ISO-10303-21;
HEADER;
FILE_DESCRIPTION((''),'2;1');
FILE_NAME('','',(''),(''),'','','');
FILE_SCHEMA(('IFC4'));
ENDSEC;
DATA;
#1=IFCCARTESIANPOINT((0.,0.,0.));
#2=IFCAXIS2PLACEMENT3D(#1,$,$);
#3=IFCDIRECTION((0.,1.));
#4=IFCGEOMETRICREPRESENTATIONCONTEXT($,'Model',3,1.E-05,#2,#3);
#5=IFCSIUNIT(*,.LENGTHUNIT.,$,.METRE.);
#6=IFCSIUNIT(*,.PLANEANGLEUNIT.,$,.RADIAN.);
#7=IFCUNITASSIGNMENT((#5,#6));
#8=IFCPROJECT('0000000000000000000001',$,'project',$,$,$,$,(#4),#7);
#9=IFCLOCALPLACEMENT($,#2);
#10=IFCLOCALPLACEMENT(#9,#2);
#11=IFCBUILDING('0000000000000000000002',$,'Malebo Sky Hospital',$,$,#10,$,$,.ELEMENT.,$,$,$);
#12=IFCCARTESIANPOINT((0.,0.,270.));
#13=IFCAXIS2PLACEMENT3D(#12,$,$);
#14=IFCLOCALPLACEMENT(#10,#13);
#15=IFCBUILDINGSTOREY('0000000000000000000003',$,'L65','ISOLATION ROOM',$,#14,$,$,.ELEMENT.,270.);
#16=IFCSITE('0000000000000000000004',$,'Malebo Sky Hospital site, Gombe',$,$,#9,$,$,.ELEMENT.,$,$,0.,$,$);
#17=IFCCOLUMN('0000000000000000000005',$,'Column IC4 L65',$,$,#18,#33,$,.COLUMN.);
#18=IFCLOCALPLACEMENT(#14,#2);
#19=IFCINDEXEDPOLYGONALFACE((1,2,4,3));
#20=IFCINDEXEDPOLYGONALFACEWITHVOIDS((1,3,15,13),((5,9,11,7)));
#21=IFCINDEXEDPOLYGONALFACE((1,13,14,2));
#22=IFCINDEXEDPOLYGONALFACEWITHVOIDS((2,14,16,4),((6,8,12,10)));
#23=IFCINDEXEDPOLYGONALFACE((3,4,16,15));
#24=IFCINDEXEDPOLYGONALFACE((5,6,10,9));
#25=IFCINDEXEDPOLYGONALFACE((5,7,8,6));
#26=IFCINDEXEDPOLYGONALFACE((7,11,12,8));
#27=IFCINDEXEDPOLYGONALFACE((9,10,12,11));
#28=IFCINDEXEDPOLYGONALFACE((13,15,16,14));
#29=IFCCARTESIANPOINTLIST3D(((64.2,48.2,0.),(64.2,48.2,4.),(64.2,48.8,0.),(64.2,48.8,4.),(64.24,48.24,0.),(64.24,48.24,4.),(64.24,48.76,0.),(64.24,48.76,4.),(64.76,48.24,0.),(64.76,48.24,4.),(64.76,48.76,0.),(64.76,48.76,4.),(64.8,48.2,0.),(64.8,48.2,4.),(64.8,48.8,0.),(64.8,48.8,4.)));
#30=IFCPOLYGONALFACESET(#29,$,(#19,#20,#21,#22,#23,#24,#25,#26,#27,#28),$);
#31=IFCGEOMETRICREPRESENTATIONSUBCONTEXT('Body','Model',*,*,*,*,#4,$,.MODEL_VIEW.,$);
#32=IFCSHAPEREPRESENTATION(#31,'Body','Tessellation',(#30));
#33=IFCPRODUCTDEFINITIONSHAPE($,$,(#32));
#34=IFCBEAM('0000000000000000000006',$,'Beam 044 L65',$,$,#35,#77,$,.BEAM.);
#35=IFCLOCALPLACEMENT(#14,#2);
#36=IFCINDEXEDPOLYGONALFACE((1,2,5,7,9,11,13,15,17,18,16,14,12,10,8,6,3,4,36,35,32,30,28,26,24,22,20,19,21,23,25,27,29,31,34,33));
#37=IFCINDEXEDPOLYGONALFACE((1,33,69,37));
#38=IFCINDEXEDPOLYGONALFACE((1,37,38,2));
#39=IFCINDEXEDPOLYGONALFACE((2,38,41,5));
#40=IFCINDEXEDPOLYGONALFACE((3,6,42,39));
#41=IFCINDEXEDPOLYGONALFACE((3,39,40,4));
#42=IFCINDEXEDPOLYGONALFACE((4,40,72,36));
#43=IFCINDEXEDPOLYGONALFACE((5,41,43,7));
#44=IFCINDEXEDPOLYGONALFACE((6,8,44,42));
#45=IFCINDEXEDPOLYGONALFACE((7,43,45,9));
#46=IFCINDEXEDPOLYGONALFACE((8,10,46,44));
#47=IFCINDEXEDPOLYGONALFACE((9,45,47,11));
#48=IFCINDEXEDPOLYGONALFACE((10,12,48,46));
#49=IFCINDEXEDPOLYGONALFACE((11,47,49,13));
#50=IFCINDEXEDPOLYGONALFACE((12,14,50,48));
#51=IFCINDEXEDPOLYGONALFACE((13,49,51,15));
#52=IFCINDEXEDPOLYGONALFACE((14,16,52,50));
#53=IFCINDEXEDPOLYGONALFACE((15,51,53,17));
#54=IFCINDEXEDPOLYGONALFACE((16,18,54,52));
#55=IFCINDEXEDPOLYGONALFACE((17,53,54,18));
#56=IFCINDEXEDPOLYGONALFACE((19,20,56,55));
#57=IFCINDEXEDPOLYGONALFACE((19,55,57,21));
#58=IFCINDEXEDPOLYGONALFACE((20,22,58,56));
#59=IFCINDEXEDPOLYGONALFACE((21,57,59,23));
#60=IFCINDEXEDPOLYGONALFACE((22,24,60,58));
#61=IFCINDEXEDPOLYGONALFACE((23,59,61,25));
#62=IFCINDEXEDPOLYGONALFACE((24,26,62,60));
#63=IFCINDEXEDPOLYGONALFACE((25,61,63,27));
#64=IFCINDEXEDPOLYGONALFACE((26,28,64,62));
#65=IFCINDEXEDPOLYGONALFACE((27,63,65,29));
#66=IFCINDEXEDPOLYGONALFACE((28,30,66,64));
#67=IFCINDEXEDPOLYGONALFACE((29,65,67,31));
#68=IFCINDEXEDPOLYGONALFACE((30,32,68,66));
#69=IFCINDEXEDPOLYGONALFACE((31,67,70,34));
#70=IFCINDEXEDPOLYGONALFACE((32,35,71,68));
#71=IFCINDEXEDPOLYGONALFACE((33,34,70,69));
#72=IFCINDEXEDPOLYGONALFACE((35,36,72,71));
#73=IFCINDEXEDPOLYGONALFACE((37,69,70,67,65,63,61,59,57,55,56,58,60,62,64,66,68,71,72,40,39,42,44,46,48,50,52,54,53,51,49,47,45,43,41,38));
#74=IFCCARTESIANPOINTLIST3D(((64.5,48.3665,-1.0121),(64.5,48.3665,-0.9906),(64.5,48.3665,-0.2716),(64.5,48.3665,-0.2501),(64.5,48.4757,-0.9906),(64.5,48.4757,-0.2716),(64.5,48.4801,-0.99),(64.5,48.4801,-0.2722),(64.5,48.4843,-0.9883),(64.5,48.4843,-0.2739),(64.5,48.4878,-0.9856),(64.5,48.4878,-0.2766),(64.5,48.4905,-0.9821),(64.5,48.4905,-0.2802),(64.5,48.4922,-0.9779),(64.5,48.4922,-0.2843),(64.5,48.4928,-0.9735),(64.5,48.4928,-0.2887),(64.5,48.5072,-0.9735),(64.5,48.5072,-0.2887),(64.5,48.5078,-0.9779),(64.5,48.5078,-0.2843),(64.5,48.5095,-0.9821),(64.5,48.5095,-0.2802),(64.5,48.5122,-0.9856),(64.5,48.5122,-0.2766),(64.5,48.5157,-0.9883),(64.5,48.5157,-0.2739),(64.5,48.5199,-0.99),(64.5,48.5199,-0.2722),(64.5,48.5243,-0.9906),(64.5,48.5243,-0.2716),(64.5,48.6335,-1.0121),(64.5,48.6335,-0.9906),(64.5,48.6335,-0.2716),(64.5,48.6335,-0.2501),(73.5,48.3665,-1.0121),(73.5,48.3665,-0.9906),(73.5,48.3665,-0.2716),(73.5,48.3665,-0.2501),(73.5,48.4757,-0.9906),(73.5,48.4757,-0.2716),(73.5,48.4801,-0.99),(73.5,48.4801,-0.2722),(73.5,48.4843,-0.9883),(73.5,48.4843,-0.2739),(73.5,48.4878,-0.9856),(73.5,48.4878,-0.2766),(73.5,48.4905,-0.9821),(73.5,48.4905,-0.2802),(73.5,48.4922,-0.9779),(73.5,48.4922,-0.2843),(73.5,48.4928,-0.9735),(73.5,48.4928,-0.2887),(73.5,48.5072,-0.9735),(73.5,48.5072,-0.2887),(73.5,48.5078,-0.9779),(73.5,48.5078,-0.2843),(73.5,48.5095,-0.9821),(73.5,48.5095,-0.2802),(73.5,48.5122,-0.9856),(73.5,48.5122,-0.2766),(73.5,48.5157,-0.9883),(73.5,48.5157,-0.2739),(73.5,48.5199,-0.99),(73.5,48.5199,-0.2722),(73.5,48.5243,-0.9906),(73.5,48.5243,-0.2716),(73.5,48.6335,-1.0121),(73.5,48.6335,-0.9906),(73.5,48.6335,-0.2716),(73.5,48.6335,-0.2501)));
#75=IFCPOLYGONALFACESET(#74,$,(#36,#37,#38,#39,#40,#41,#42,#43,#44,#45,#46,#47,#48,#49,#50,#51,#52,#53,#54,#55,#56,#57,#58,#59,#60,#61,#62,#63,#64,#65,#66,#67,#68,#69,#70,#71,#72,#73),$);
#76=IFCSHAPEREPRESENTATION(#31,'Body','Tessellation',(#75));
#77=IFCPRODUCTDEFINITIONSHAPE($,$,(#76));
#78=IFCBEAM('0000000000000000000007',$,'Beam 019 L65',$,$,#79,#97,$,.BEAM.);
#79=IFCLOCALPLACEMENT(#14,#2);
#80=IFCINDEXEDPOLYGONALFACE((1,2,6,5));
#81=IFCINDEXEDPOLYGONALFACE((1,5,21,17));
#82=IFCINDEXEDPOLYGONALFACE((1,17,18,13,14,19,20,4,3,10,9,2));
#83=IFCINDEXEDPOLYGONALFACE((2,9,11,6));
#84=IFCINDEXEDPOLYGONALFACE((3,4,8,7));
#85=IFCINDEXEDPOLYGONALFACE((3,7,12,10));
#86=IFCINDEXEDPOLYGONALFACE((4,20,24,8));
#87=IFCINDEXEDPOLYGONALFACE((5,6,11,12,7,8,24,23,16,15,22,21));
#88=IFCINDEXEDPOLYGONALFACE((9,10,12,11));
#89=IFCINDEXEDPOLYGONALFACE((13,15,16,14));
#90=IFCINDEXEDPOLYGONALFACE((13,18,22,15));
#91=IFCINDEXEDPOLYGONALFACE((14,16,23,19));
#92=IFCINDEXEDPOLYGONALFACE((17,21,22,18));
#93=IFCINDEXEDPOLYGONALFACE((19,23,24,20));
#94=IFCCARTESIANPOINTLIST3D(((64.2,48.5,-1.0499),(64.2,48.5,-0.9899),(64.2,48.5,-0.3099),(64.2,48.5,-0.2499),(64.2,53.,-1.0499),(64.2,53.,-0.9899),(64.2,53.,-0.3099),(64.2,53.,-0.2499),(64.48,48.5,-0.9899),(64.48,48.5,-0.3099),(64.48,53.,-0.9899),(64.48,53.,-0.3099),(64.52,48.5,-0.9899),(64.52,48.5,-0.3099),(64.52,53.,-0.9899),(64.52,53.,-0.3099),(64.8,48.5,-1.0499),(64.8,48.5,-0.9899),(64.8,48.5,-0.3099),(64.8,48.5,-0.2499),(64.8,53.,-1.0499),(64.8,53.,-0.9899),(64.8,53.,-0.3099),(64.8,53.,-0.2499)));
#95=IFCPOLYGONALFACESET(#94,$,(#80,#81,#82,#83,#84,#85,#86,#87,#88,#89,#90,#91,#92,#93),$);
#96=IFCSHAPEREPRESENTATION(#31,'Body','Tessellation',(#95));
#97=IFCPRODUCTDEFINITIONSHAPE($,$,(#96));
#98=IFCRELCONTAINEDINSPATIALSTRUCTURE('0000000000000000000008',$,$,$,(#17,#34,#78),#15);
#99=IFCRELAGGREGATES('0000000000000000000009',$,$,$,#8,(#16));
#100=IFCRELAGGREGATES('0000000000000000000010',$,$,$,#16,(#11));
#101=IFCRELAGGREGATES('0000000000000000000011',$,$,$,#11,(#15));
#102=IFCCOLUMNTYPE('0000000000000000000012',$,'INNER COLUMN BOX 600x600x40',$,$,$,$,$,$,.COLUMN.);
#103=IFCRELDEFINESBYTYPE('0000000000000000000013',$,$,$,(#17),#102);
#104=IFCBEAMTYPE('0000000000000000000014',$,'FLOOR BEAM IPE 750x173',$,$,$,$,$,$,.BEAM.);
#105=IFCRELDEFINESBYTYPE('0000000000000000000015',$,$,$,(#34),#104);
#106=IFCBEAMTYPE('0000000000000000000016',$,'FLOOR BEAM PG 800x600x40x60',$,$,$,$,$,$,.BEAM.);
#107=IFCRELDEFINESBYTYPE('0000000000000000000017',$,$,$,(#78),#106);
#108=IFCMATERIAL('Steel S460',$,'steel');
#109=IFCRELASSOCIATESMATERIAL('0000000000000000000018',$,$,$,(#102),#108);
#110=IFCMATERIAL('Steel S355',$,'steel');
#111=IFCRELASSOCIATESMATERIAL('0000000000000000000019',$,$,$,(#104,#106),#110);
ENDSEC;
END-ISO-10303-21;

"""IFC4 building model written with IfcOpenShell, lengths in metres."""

from ifc_helpers import new_model, si_unit, direction, frame, origin, origin_2d, place, context, subcontext, project, spatial, hollow_rectangle, i_section, extrude, material, material_profile, profile_set, type_object, element, save


model = new_model("IFC4")

# Units and contexts
model_context = context("Model", 3, precision=1e-05, world=origin(), true_north=direction((0.0, 1.0)))
body_context = subcontext(model_context, "Body", "Model", "MODEL_VIEW")
ifc_project = project(units=[si_unit("LENGTHUNIT", "METRE"), si_unit("PLANEANGLEUNIT", "RADIAN")], contexts=[model_context])

# Site, building, storey
site_placement = place(None, origin())
site = spatial("IfcSite", under=ifc_project, at=site_placement, Name="Malebo Sky Hospital site, Gombe", CompositionType="ELEMENT", RefElevation=0.0)
building_placement = place(site_placement, origin())
building = spatial("IfcBuilding", under=site, at=building_placement, Name="Malebo Sky Hospital", CompositionType="ELEMENT")
storey_placement = place(building_placement, frame((0.0, 0.0, 270.0)))
storey = spatial("IfcBuildingStorey", under=building, at=storey_placement, Name="L65", Description="ISOLATION ROOM", CompositionType="ELEMENT", Elevation=270.0)

# Column
ifc_material_1 = material(Name="Steel S460", Category="steel")
ifc_material_profile_1 = material_profile(ifc_material_1, hollow_rectangle(XDim=0.6001, YDim=0.6001, WallThickness=0.04, at=origin_2d()), Name="BOX 600x600x40")
ifc_profile_set_1 = profile_set([ifc_material_profile_1], Name="Steel S460")
column_type = type_object("IfcColumnType", Name="INNER COLUMN BOX 600x600x40", PredefinedType="COLUMN", material=ifc_profile_set_1)
column_placement = place(storey_placement, frame((64.5, 48.5, 0.0), z_axis=(0.0, 0.0, 1.0), x_axis=(1.0, 0.0, 0.0)))
element("IfcColumn", 1, at=column_placement, inside=storey, type_object=column_type, Name="Column IC4 L65", PredefinedType="COLUMN", context=body_context, shape_type="SweptSolid", body=[
    extrude(hollow_rectangle(XDim=0.6001, YDim=0.6001, WallThickness=0.04, at=origin_2d()), origin(), (0.0, 0.0, 1.0), 4.0),
])

# Beams
ifc_material_2 = material(Name="Steel S355", Category="steel")
ifc_material_profile_2 = material_profile(ifc_material_2, i_section(OverallWidth=0.2671, OverallDepth=0.762, WebThickness=0.0144, FlangeThickness=0.0215, FilletRadius=0.0171, at=origin_2d()), Name="IPE 750x173")
ifc_profile_set_2 = profile_set([ifc_material_profile_2], Name="Steel S355")
beam_type_1 = type_object("IfcBeamType", Name="FLOOR BEAM IPE 750x173", PredefinedType="BEAM", material=ifc_profile_set_2)
beam_1_placement = place(storey_placement, frame((64.5, 48.5, -0.6311), z_axis=(1.0, 0.0, 0.0), x_axis=(0.0, 1.0, 0.0)))
element("IfcBeam", 2, at=beam_1_placement, inside=storey, type_object=beam_type_1, Name="Beam 044 L65", PredefinedType="BEAM", context=body_context, shape_type="SweptSolid", body=[
    extrude(i_section(OverallWidth=0.2671, OverallDepth=0.762, WebThickness=0.0144, FlangeThickness=0.0215, FilletRadius=0.0171, at=origin_2d()), origin(), (0.0, 0.0, 1.0), 9.0),
])
ifc_material_profile_3 = material_profile(ifc_material_2, i_section(OverallWidth=0.6001, OverallDepth=0.8, WebThickness=0.04, FlangeThickness=0.0601, at=origin_2d()), Name="PG 800x600x40x60")
ifc_profile_set_3 = profile_set([ifc_material_profile_3], Name="Steel S355")
beam_type_2 = type_object("IfcBeamType", Name="FLOOR BEAM PG 800x600x40x60", PredefinedType="BEAM", material=ifc_profile_set_3)
beam_2_placement = place(storey_placement, frame((64.5, 48.5, -0.6499), z_axis=(0.0, 1.0, 0.0), x_axis=(-1.0, 0.0, 0.0)))
element("IfcBeam", 3, at=beam_2_placement, inside=storey, type_object=beam_type_2, Name="Beam 019 L65", PredefinedType="BEAM", context=body_context, shape_type="SweptSolid", body=[
    extrude(i_section(OverallWidth=0.6001, OverallDepth=0.8, WebThickness=0.04, FlangeThickness=0.0601, at=origin_2d()), origin(), (0.0, 0.0, 1.0), 4.5),
])

save(model, "model.ifc")
